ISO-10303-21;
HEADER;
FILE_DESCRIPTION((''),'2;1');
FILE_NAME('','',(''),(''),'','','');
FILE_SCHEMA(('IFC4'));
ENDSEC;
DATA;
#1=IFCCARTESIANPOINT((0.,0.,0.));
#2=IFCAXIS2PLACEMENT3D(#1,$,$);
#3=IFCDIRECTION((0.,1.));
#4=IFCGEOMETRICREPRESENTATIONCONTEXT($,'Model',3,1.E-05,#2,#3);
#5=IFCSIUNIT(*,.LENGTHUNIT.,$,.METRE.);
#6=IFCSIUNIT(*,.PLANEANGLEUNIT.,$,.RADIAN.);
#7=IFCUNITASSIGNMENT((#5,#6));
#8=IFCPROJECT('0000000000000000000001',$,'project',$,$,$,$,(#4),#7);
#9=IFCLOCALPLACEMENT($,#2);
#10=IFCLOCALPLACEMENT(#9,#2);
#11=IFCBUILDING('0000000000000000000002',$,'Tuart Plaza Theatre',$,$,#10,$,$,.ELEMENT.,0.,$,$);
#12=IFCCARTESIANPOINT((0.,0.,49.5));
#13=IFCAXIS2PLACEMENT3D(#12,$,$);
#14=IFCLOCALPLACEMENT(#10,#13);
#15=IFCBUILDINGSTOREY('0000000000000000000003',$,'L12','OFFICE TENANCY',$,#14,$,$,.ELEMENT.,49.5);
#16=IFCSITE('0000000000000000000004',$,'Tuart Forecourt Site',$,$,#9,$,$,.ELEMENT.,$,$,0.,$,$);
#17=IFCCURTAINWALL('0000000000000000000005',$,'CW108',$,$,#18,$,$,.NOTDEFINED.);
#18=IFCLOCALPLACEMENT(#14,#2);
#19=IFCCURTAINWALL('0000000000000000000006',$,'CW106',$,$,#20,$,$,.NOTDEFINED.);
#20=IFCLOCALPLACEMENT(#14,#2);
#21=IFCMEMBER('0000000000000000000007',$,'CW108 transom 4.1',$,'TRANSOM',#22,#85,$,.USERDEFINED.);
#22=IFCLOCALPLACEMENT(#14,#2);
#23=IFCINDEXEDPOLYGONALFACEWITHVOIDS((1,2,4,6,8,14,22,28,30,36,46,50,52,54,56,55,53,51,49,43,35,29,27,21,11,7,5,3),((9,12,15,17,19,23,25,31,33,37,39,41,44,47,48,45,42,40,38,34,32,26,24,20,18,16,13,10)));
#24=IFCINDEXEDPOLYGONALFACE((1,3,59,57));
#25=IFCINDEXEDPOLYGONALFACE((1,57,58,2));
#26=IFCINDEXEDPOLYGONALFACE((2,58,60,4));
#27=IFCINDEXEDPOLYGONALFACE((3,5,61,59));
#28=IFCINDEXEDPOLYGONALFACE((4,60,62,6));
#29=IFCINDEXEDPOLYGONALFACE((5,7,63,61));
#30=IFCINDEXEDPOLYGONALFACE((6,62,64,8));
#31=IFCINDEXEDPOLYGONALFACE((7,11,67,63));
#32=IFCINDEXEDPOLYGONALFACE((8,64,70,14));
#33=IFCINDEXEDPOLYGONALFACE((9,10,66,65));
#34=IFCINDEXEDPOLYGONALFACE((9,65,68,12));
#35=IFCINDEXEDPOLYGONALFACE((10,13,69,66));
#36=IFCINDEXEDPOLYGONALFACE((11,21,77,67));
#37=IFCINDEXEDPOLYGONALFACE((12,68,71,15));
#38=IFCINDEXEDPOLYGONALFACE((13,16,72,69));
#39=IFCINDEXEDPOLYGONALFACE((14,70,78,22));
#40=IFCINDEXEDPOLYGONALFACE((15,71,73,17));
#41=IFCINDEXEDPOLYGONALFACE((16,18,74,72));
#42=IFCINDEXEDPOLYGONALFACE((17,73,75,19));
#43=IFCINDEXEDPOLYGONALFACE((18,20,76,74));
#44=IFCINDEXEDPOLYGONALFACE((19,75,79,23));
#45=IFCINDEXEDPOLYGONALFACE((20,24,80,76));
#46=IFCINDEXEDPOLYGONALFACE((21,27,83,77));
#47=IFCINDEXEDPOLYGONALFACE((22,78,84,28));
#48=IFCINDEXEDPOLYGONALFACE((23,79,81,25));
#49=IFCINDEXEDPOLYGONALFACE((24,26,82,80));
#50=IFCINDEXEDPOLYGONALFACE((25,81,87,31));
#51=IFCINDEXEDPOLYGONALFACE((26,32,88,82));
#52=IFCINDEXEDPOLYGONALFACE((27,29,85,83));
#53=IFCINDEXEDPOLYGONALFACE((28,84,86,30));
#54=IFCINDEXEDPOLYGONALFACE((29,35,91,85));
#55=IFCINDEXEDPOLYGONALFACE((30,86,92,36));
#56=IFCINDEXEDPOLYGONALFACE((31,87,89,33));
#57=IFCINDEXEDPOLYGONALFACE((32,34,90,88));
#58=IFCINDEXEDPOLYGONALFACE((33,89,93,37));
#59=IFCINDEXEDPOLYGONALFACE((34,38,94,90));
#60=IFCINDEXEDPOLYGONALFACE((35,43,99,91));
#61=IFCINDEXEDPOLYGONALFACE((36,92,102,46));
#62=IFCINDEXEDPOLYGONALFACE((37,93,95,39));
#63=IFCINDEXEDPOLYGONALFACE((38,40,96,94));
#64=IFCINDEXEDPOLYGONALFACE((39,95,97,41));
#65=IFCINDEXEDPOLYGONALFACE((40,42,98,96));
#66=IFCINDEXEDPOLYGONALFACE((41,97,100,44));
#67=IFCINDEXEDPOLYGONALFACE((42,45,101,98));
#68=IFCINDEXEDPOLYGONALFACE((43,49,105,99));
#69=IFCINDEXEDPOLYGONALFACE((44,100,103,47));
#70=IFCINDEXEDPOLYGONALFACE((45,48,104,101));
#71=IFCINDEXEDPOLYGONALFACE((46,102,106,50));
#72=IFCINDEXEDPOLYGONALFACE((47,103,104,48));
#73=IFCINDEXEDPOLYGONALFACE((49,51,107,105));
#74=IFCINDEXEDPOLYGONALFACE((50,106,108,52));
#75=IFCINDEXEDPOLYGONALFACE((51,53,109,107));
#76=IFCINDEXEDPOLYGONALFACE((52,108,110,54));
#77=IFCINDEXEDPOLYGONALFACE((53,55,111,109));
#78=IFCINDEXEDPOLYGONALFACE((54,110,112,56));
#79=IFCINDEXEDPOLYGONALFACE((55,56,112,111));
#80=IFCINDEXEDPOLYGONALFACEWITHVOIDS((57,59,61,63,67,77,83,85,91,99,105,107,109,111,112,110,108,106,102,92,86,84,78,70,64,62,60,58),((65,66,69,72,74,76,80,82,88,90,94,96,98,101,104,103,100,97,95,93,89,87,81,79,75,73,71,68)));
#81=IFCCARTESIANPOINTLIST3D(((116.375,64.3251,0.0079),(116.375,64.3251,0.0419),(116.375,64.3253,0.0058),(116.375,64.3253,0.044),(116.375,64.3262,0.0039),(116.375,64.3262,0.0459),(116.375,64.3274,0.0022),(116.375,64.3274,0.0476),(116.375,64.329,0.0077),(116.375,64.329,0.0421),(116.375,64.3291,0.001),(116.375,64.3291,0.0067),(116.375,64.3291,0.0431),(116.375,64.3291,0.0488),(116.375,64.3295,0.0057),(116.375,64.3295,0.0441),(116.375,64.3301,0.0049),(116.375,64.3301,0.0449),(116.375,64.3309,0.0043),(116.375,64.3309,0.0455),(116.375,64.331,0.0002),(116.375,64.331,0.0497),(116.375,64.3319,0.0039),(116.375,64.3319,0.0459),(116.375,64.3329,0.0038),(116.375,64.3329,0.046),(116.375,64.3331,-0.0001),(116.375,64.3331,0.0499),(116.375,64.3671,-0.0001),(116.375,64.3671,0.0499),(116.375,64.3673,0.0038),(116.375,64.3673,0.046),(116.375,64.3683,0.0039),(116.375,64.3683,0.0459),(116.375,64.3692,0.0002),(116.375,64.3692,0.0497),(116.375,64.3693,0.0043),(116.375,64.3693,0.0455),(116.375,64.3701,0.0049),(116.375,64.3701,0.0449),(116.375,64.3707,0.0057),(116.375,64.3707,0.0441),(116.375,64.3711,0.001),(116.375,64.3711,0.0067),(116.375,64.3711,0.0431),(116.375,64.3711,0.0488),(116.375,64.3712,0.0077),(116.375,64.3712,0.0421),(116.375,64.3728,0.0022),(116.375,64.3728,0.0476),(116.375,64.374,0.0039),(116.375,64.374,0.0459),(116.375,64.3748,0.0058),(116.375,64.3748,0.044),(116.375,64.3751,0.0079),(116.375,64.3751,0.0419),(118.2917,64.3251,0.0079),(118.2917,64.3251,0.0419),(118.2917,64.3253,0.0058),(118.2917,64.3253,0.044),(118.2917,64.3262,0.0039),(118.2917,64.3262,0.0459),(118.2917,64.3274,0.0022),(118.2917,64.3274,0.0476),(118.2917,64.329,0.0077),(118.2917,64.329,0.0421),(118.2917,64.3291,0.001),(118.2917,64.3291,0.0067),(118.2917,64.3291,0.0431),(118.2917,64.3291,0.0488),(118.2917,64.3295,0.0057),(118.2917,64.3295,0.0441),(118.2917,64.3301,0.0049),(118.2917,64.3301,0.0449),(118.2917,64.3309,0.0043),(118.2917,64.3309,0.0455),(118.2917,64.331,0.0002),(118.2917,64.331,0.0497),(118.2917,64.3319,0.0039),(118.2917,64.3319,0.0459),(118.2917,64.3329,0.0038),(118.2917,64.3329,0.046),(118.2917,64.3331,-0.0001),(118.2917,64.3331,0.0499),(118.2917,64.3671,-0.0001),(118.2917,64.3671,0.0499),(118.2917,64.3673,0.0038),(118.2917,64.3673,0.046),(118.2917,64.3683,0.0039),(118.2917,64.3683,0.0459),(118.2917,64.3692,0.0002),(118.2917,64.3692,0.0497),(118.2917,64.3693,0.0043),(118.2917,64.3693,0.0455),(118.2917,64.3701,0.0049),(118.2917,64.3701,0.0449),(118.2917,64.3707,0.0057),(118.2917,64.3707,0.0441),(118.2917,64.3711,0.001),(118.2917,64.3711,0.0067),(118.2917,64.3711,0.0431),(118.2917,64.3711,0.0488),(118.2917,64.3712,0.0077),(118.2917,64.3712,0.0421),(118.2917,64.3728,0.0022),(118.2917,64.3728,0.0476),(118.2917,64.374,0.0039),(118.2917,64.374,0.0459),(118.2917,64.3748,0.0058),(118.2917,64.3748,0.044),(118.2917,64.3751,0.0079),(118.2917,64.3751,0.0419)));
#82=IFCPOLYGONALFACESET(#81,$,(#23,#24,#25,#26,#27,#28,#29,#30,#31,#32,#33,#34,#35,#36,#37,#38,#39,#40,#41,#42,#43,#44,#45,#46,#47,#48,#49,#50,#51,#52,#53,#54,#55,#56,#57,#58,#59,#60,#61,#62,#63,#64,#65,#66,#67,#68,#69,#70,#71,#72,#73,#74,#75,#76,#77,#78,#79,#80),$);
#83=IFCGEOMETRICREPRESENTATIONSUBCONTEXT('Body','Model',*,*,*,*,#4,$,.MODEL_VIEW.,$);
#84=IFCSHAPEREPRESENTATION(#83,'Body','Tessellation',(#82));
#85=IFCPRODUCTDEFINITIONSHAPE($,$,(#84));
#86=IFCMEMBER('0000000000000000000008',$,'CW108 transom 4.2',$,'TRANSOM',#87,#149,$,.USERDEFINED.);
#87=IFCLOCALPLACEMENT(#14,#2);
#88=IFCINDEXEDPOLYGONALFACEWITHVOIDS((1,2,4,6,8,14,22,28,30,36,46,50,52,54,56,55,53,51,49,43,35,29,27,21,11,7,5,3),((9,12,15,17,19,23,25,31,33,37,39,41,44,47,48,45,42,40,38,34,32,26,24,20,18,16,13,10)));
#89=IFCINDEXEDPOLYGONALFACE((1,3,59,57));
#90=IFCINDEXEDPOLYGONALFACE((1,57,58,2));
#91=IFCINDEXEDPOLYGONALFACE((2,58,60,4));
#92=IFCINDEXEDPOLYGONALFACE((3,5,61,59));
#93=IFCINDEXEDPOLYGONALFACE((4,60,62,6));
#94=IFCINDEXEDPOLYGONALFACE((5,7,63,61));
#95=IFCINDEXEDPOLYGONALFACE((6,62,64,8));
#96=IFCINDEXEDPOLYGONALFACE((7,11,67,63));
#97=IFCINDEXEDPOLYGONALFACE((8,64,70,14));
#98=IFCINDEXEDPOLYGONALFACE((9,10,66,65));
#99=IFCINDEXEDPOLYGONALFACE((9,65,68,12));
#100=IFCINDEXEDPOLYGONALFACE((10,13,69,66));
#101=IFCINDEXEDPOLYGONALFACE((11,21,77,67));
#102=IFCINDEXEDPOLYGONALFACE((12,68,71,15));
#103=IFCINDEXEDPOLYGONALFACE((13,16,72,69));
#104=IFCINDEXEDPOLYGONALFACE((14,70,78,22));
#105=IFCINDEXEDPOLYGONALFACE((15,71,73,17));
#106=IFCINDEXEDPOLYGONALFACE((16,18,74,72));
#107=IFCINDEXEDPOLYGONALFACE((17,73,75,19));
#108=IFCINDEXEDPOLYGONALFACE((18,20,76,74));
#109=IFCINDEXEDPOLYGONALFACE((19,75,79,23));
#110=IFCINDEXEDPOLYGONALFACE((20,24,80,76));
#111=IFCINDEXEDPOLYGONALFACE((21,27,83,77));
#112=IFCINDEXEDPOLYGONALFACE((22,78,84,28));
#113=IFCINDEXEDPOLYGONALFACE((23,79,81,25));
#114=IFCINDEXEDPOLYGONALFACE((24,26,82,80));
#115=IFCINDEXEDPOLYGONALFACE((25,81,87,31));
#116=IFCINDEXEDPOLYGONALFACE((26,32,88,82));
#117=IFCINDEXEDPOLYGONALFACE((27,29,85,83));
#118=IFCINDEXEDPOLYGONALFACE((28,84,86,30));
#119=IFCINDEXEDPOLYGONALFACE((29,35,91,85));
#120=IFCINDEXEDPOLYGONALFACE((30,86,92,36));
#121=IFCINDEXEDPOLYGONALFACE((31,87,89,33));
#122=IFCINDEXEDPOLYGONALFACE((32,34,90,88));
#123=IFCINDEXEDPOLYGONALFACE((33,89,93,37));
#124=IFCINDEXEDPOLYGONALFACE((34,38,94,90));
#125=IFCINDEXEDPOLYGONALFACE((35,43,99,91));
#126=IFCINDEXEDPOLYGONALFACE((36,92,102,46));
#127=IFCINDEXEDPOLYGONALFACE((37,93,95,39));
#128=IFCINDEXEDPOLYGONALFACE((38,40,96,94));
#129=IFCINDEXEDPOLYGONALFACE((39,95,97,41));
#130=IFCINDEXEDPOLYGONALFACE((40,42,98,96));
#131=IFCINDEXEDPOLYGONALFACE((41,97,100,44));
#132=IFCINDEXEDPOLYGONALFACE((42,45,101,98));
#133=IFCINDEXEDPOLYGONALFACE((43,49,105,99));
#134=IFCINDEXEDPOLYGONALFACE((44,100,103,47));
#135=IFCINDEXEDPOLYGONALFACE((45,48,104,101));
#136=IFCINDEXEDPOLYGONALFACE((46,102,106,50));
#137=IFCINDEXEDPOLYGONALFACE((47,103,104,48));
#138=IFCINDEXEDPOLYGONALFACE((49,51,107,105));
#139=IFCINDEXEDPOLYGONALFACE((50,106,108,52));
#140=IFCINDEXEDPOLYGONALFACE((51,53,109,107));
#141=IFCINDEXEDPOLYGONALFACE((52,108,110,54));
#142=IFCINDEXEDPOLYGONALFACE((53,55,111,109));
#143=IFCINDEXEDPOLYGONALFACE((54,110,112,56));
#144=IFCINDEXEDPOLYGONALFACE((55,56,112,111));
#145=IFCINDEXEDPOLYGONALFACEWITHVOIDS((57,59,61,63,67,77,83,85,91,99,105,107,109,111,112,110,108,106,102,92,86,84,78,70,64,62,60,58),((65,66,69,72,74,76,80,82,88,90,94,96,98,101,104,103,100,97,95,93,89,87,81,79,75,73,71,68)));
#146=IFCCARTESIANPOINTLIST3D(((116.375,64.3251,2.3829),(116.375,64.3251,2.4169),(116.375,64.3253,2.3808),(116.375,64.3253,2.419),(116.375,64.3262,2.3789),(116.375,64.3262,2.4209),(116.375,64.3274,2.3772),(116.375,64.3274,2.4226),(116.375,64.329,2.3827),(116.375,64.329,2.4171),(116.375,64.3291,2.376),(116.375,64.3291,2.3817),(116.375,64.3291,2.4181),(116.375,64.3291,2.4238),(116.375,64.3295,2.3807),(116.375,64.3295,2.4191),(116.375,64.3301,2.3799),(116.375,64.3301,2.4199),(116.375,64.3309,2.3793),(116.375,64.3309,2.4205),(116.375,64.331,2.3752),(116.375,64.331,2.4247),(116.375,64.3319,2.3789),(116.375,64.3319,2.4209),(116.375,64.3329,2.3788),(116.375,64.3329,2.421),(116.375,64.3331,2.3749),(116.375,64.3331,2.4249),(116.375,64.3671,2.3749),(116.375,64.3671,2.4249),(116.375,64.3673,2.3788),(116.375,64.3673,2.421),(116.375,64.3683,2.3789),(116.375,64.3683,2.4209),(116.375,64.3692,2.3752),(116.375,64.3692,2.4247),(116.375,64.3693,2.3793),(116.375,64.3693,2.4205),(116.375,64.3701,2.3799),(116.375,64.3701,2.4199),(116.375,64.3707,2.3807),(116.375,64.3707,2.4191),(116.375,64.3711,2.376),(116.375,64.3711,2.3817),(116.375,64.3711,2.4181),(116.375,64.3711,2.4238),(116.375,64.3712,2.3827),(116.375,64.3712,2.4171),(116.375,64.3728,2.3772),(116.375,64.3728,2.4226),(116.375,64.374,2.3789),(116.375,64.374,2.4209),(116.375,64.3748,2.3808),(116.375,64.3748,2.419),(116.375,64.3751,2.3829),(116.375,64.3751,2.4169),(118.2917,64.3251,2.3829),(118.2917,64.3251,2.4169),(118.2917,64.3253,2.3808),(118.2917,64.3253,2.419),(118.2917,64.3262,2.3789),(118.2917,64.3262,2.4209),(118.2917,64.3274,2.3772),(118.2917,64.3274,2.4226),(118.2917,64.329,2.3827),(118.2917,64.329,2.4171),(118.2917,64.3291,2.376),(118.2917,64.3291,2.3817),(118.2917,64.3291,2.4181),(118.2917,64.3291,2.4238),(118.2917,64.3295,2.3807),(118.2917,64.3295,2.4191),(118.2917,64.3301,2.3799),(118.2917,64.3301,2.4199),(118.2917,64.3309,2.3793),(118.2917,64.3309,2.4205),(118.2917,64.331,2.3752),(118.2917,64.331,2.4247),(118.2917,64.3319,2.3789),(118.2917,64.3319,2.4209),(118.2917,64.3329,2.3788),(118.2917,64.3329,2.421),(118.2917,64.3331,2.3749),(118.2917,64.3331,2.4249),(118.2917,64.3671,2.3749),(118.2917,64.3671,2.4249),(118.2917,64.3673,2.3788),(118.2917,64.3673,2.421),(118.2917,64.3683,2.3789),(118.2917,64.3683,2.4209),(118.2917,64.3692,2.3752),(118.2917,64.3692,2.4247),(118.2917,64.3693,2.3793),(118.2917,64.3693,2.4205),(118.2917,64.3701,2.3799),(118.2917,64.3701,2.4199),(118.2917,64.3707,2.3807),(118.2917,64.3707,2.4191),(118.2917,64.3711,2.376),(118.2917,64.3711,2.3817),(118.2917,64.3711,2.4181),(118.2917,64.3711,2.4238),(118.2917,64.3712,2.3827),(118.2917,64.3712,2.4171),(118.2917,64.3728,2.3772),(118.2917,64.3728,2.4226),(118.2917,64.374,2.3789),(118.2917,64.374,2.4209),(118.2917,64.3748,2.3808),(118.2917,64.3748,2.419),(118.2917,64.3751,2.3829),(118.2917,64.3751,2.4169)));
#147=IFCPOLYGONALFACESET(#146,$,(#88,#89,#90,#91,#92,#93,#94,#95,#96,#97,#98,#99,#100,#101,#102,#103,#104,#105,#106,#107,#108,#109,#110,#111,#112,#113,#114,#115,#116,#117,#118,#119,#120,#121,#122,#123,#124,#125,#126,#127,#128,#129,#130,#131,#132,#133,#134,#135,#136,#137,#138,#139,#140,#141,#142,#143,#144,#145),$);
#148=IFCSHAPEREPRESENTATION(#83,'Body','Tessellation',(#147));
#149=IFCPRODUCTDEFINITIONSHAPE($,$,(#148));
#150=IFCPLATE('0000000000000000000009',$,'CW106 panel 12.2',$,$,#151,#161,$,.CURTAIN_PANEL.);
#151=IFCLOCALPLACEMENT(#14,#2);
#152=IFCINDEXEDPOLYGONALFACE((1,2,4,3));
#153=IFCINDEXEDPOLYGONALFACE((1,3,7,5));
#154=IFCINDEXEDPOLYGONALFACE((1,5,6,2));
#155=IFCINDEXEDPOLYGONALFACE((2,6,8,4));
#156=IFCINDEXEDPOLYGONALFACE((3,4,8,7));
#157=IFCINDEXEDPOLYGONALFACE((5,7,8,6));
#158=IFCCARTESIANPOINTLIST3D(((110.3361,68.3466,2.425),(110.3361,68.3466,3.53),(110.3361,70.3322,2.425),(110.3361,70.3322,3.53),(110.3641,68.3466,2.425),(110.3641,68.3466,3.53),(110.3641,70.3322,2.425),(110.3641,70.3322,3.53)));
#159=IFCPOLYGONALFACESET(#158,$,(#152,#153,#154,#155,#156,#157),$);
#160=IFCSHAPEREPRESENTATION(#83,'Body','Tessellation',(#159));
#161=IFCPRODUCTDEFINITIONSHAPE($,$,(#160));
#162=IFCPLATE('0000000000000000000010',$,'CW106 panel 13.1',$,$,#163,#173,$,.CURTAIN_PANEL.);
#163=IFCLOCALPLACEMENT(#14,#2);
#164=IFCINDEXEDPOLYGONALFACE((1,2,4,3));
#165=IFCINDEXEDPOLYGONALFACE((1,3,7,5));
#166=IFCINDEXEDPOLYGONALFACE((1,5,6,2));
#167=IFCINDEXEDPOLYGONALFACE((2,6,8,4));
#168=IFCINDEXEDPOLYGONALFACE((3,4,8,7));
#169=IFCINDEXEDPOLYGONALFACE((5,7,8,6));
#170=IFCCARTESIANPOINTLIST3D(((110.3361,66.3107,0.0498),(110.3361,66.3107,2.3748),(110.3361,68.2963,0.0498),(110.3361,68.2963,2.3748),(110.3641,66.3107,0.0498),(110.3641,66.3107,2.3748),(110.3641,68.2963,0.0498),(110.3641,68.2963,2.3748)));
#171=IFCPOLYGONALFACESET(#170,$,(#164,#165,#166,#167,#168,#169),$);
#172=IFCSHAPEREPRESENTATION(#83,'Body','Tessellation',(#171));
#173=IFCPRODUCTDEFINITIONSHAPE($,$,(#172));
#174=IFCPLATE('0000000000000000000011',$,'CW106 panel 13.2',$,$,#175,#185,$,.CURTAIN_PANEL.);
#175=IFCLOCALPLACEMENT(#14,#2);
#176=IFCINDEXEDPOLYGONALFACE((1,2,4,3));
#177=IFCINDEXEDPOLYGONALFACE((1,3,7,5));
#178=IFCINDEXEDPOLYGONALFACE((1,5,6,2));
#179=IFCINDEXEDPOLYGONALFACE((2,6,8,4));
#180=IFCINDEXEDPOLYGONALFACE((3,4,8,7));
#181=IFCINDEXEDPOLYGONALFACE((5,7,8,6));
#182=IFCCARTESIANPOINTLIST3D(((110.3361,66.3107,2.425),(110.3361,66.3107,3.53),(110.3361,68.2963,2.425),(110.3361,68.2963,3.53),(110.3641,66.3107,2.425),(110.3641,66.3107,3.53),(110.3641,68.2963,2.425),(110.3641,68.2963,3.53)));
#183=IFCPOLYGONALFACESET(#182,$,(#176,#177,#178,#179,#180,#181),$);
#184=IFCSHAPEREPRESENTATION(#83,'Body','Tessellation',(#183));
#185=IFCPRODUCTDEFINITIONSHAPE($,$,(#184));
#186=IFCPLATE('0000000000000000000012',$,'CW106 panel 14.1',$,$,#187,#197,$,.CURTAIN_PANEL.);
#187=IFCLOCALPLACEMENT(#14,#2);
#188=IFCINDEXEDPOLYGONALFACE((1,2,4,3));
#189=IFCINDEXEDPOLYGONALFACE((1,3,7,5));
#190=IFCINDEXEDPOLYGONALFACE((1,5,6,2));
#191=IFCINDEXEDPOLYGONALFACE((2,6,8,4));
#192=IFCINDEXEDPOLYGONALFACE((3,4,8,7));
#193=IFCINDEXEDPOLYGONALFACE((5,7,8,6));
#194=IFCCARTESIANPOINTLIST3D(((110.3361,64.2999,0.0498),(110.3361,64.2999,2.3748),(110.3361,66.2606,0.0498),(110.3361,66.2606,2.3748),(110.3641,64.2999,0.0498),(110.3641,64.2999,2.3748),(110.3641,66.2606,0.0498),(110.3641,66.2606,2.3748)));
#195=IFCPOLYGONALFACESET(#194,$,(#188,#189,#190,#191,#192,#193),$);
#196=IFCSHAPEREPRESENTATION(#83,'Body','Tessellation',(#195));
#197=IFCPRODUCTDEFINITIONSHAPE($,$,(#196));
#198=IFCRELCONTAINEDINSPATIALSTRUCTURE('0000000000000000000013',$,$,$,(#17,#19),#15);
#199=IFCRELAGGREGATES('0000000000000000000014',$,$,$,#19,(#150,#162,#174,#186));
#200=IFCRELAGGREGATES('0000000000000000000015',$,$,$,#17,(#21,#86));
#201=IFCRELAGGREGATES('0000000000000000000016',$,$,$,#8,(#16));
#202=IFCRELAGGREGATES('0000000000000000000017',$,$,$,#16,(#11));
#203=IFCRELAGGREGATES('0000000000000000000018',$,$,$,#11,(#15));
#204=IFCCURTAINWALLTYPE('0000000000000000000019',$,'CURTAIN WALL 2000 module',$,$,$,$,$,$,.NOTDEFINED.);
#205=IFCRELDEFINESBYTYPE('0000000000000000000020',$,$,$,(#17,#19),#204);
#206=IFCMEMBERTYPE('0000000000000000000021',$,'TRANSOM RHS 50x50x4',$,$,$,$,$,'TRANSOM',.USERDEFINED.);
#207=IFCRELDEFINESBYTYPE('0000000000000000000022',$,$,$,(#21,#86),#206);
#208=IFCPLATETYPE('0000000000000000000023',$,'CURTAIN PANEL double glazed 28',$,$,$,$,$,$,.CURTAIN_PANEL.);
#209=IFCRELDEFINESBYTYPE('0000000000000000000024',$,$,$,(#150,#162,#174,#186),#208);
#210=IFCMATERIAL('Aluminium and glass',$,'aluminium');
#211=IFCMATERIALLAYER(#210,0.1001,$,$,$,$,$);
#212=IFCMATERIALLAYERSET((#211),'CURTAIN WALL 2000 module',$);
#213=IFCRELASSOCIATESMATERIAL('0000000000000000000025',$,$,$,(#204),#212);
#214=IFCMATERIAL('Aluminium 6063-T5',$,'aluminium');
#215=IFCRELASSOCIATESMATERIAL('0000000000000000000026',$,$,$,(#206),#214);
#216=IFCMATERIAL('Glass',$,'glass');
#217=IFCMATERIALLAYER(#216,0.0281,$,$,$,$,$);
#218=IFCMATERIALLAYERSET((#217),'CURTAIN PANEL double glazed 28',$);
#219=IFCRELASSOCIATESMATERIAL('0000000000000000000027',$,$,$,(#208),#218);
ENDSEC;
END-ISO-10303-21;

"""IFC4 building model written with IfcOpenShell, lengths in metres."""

from ifc_helpers import new_model, si_unit, direction, frame, origin, origin_2d, place, context, subcontext, project, spatial, rectangle, hollow_rectangle, extrude, material, layer, layer_set, material_profile, profile_set, type_object, element, aggregate, save


model = new_model("IFC4")

# Units and contexts
model_context = context("Model", 3, precision=1e-05, world=origin(), true_north=direction((0.0, 1.0)))
body_context = subcontext(model_context, "Body", "Model", "MODEL_VIEW")
ifc_project = project(units=[si_unit("LENGTHUNIT", "METRE"), si_unit("PLANEANGLEUNIT", "RADIAN")], contexts=[model_context])

# Site, building, storey
site_placement = place(None, origin())
site = spatial("IfcSite", under=ifc_project, at=site_placement, Name="Tuart Forecourt Site", CompositionType="ELEMENT", RefElevation=0.0)
building_placement = place(site_placement, origin())
building = spatial("IfcBuilding", under=site, at=building_placement, Name="Tuart Plaza Theatre", CompositionType="ELEMENT", ElevationOfRefHeight=0.0)
storey_placement = place(building_placement, frame((0.0, 0.0, 49.5)))
storey = spatial("IfcBuildingStorey", under=building, at=storey_placement, Name="L12", Description="OFFICE TENANCY", CompositionType="ELEMENT", Elevation=49.5)

# Curtain walls
ifc_material_1 = material(Name="Aluminium and glass", Category="aluminium")
ifc_layer_1 = layer(ifc_material_1, 0.1001)
ifc_layer_set_1 = layer_set([ifc_layer_1], Name="CURTAIN WALL 2000 module")
curtain_wall_type = type_object("IfcCurtainWallType", Name="CURTAIN WALL 2000 module", PredefinedType="NOTDEFINED", material=ifc_layer_set_1)
curtain_wall_1_placement = place(storey_placement, origin())
curtain_wall_1 = element("IfcCurtainWall", 1, at=curtain_wall_1_placement, inside=storey, type_object=curtain_wall_type, Name="CW108", PredefinedType="NOTDEFINED")
curtain_wall_2_placement = place(storey_placement, origin())
curtain_wall_2 = element("IfcCurtainWall", 2, at=curtain_wall_2_placement, inside=storey, type_object=curtain_wall_type, Name="CW106", PredefinedType="NOTDEFINED")
ifc_material_2 = material(Name="Aluminium 6063-T5", Category="aluminium")
ifc_material_profile_1 = material_profile(ifc_material_2, hollow_rectangle(XDim=0.05, YDim=0.05, WallThickness=0.0039, InnerFilletRadius=0.0039, OuterFilletRadius=0.0081, at=origin_2d()), Name="RHS 50x50x4")
ifc_profile_set_1 = profile_set([ifc_material_profile_1], Name="Aluminium 6063-T5")
member_type_1 = type_object("IfcMemberType", Name="TRANSOM RHS 50x50x4", ElementType="TRANSOM", PredefinedType="USERDEFINED", material=ifc_profile_set_1)

# Members
member_1_placement = place(storey_placement, frame((116.375, 64.3501, 0.0249), z_axis=(1.0, 0.0, 0.0), x_axis=(0.0, 1.0, 0.0)))
member_1 = element("IfcMember", 3, at=member_1_placement, type_object=member_type_1, Name="CW108 transom 4.1", ObjectType="TRANSOM", PredefinedType="USERDEFINED", context=body_context, shape_type="SweptSolid", body=[
    extrude(hollow_rectangle(XDim=0.05, YDim=0.05, WallThickness=0.0039, InnerFilletRadius=0.0039, OuterFilletRadius=0.0081, at=origin_2d()), origin(), (0.0, 0.0, 1.0), 1.9167),
])
member_2_placement = place(storey_placement, frame((116.375, 64.3501, 2.3999), z_axis=(1.0, 0.0, 0.0), x_axis=(0.0, 1.0, 0.0)))
member_2 = element("IfcMember", 4, at=member_2_placement, type_object=member_type_1, Name="CW108 transom 4.2", ObjectType="TRANSOM", PredefinedType="USERDEFINED", context=body_context, shape_type="SweptSolid", body=[
    extrude(hollow_rectangle(XDim=0.05, YDim=0.05, WallThickness=0.0039, InnerFilletRadius=0.0039, OuterFilletRadius=0.0081, at=origin_2d()), origin(), (0.0, 0.0, 1.0), 1.9167),
])

# Plates
ifc_material_3 = material(Name="Glass", Category="glass")
ifc_layer_2 = layer(ifc_material_3, 0.0281)
ifc_layer_set_2 = layer_set([ifc_layer_2], Name="CURTAIN PANEL double glazed 28")
plate_type = type_object("IfcPlateType", Name="CURTAIN PANEL double glazed 28", PredefinedType="CURTAIN_PANEL", material=ifc_layer_set_2)
plate_1_placement = place(storey_placement, frame((110.3501, 69.3394, 2.425), z_axis=(0.0, 0.0, 1.0), x_axis=(0.0, -1.0, 0.0)))
plate_1 = element("IfcPlate", 5, at=plate_1_placement, type_object=plate_type, Name="CW106 panel 12.2", PredefinedType="CURTAIN_PANEL", context=body_context, shape_type="SweptSolid", body=[
    extrude(rectangle(XDim=1.9856, YDim=0.0281, at=origin_2d()), origin(), (0.0, 0.0, 1.0), 1.105),
])
plate_2_placement = place(storey_placement, frame((110.3501, 67.3035, 0.0498), z_axis=(0.0, 0.0, 1.0), x_axis=(0.0, -1.0, 0.0)))
plate_2 = element("IfcPlate", 6, at=plate_2_placement, type_object=plate_type, Name="CW106 panel 13.1", PredefinedType="CURTAIN_PANEL", context=body_context, shape_type="SweptSolid", body=[
    extrude(rectangle(XDim=1.9856, YDim=0.0281, at=origin_2d()), origin(), (0.0, 0.0, 1.0), 2.325),
])
plate_3_placement = place(storey_placement, frame((110.3501, 67.3035, 2.425), z_axis=(0.0, 0.0, 1.0), x_axis=(0.0, -1.0, 0.0)))
plate_3 = element("IfcPlate", 7, at=plate_3_placement, type_object=plate_type, Name="CW106 panel 13.2", PredefinedType="CURTAIN_PANEL", context=body_context, shape_type="SweptSolid", body=[
    extrude(rectangle(XDim=1.9856, YDim=0.0281, at=origin_2d()), origin(), (0.0, 0.0, 1.0), 1.105),
])
plate_4_placement = place(storey_placement, frame((110.3501, 65.2803, 0.0498), z_axis=(0.0, 0.0, 1.0), x_axis=(0.0, -1.0, 0.0)))
plate_4 = element("IfcPlate", 8, at=plate_4_placement, type_object=plate_type, Name="CW106 panel 14.1", PredefinedType="CURTAIN_PANEL", context=body_context, shape_type="SweptSolid", body=[
    extrude(rectangle(XDim=1.9607, YDim=0.0281, at=origin_2d()), origin(), (0.0, 0.0, 1.0), 2.325),
])
aggregate(curtain_wall_2, [plate_1, plate_2, plate_3, plate_4])
aggregate(curtain_wall_1, [member_1, member_2])

save(model, "model.ifc")
